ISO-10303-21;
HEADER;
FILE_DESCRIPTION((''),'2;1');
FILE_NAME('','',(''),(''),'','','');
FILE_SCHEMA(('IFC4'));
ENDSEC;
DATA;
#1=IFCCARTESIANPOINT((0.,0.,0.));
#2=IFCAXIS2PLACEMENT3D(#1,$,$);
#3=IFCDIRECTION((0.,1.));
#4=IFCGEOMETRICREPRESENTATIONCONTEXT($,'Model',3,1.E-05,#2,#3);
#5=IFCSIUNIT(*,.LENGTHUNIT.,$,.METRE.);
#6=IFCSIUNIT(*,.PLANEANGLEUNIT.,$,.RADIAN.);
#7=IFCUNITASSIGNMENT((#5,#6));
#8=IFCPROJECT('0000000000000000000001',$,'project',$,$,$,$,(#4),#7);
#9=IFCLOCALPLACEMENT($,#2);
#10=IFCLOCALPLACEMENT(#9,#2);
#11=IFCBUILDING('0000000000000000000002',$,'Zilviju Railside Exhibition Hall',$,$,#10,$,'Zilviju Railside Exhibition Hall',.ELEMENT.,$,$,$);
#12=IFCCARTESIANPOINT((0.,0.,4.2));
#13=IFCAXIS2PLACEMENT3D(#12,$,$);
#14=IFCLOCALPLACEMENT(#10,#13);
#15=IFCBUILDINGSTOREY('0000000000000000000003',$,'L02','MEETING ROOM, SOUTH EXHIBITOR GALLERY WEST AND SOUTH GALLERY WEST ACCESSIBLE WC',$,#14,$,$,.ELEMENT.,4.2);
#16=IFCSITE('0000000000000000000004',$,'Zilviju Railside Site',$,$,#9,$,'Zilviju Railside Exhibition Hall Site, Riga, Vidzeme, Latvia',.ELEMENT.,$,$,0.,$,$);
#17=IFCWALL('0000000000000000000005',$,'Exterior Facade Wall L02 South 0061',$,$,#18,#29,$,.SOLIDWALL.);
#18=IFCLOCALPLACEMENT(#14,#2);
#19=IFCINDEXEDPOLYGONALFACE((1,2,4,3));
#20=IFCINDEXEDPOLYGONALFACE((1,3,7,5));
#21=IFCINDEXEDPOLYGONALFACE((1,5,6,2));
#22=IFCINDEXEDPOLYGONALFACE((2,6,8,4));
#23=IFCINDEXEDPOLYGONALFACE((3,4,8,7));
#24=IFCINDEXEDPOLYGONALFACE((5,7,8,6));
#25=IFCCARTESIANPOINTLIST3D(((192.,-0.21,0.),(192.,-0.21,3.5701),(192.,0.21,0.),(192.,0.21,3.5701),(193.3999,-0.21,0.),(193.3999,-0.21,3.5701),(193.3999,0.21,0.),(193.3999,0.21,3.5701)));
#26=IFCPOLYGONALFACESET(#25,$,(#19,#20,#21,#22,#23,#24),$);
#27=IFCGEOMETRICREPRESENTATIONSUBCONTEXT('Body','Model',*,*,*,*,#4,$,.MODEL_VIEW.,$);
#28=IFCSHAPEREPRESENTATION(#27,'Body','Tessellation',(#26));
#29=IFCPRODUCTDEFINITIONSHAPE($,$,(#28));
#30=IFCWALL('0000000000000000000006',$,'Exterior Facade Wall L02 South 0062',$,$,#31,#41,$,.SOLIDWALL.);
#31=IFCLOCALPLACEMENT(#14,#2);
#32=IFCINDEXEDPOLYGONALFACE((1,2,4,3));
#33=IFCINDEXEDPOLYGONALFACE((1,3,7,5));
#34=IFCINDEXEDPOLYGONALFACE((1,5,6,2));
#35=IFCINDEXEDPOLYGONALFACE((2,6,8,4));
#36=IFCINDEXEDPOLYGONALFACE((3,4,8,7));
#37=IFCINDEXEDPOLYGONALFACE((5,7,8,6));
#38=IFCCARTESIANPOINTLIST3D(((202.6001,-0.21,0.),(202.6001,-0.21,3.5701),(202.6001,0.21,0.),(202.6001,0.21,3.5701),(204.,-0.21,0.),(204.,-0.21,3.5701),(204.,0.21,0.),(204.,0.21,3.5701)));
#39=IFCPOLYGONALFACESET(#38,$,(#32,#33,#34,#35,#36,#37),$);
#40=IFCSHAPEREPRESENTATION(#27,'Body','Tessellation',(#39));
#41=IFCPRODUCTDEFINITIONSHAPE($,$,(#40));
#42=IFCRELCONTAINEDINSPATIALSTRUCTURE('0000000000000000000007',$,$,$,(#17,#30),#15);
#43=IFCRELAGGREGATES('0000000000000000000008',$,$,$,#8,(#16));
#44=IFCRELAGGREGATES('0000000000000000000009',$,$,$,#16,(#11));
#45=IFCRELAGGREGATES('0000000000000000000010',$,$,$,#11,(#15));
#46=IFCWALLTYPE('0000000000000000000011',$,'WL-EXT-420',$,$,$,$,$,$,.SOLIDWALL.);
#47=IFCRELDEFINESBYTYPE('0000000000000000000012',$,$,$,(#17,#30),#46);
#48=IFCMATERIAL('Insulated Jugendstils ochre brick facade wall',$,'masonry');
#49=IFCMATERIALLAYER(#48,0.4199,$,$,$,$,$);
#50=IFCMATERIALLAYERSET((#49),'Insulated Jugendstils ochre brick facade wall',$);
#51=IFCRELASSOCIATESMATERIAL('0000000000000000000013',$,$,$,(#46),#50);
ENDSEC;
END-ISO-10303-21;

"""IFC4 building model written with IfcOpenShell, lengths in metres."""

from ifc_helpers import new_model, si_unit, direction, frame, frame_2d, origin, place, context, subcontext, project, spatial, rectangle, extrude, material, layer, layer_set, type_object, element, save


model = new_model("IFC4")

# Units and contexts
model_context = context("Model", 3, precision=1e-05, world=origin(), true_north=direction((0.0, 1.0)))
body_context = subcontext(model_context, "Body", "Model", "MODEL_VIEW")
ifc_project = project(units=[si_unit("LENGTHUNIT", "METRE"), si_unit("PLANEANGLEUNIT", "RADIAN")], contexts=[model_context])

# Site, building, storey
site_placement = place(None, origin())
site = spatial("IfcSite", under=ifc_project, at=site_placement, Name="Zilviju Railside Site", LongName="Zilviju Railside Exhibition Hall Site, Riga, Vidzeme, Latvia", CompositionType="ELEMENT", RefElevation=0.0)
building_placement = place(site_placement, origin())
building = spatial("IfcBuilding", under=site, at=building_placement, Name="Zilviju Railside Exhibition Hall", LongName="Zilviju Railside Exhibition Hall", CompositionType="ELEMENT")
storey_placement = place(building_placement, frame((0.0, 0.0, 4.2)))
storey = spatial("IfcBuildingStorey", under=building, at=storey_placement, Name="L02", Description="MEETING ROOM, SOUTH EXHIBITOR GALLERY WEST AND SOUTH GALLERY WEST ACCESSIBLE WC", CompositionType="ELEMENT", Elevation=4.2)

# Walls
ifc_material_1 = material(Name="Insulated Jugendstils ochre brick facade wall", Category="masonry")
ifc_layer_1 = layer(ifc_material_1, 0.4199)
ifc_layer_set_1 = layer_set([ifc_layer_1], Name="Insulated Jugendstils ochre brick facade wall")
wall_type_1 = type_object("IfcWallType", Name="WL-EXT-420", PredefinedType="SOLIDWALL", material=ifc_layer_set_1)
for number, where, z_axis, x_axis, name in (
    (1, (193.3999, 0.0, 0.0), (0.0, 0.0, 1.0), (-1.0, 0.0, 0.0), "Exterior Facade Wall L02 South 0061"),
    (2, (204.0, 0.0, 0.0), (0.0, 0.0, 1.0), (-1.0, 0.0, 0.0), "Exterior Facade Wall L02 South 0062"),
):
    element("IfcWall", number, at=place(storey_placement, frame(where, z_axis=z_axis, x_axis=x_axis)), inside=storey, type_object=wall_type_1, Name=name, PredefinedType="SOLIDWALL", context=body_context, shape_type="SweptSolid", body=[
        extrude(rectangle(XDim=1.3999, YDim=0.4199, at=frame_2d((0.7, 0.0))), origin(), (0.0, 0.0, 1.0), 3.5701),
    ])

save(model, "model.ifc")
